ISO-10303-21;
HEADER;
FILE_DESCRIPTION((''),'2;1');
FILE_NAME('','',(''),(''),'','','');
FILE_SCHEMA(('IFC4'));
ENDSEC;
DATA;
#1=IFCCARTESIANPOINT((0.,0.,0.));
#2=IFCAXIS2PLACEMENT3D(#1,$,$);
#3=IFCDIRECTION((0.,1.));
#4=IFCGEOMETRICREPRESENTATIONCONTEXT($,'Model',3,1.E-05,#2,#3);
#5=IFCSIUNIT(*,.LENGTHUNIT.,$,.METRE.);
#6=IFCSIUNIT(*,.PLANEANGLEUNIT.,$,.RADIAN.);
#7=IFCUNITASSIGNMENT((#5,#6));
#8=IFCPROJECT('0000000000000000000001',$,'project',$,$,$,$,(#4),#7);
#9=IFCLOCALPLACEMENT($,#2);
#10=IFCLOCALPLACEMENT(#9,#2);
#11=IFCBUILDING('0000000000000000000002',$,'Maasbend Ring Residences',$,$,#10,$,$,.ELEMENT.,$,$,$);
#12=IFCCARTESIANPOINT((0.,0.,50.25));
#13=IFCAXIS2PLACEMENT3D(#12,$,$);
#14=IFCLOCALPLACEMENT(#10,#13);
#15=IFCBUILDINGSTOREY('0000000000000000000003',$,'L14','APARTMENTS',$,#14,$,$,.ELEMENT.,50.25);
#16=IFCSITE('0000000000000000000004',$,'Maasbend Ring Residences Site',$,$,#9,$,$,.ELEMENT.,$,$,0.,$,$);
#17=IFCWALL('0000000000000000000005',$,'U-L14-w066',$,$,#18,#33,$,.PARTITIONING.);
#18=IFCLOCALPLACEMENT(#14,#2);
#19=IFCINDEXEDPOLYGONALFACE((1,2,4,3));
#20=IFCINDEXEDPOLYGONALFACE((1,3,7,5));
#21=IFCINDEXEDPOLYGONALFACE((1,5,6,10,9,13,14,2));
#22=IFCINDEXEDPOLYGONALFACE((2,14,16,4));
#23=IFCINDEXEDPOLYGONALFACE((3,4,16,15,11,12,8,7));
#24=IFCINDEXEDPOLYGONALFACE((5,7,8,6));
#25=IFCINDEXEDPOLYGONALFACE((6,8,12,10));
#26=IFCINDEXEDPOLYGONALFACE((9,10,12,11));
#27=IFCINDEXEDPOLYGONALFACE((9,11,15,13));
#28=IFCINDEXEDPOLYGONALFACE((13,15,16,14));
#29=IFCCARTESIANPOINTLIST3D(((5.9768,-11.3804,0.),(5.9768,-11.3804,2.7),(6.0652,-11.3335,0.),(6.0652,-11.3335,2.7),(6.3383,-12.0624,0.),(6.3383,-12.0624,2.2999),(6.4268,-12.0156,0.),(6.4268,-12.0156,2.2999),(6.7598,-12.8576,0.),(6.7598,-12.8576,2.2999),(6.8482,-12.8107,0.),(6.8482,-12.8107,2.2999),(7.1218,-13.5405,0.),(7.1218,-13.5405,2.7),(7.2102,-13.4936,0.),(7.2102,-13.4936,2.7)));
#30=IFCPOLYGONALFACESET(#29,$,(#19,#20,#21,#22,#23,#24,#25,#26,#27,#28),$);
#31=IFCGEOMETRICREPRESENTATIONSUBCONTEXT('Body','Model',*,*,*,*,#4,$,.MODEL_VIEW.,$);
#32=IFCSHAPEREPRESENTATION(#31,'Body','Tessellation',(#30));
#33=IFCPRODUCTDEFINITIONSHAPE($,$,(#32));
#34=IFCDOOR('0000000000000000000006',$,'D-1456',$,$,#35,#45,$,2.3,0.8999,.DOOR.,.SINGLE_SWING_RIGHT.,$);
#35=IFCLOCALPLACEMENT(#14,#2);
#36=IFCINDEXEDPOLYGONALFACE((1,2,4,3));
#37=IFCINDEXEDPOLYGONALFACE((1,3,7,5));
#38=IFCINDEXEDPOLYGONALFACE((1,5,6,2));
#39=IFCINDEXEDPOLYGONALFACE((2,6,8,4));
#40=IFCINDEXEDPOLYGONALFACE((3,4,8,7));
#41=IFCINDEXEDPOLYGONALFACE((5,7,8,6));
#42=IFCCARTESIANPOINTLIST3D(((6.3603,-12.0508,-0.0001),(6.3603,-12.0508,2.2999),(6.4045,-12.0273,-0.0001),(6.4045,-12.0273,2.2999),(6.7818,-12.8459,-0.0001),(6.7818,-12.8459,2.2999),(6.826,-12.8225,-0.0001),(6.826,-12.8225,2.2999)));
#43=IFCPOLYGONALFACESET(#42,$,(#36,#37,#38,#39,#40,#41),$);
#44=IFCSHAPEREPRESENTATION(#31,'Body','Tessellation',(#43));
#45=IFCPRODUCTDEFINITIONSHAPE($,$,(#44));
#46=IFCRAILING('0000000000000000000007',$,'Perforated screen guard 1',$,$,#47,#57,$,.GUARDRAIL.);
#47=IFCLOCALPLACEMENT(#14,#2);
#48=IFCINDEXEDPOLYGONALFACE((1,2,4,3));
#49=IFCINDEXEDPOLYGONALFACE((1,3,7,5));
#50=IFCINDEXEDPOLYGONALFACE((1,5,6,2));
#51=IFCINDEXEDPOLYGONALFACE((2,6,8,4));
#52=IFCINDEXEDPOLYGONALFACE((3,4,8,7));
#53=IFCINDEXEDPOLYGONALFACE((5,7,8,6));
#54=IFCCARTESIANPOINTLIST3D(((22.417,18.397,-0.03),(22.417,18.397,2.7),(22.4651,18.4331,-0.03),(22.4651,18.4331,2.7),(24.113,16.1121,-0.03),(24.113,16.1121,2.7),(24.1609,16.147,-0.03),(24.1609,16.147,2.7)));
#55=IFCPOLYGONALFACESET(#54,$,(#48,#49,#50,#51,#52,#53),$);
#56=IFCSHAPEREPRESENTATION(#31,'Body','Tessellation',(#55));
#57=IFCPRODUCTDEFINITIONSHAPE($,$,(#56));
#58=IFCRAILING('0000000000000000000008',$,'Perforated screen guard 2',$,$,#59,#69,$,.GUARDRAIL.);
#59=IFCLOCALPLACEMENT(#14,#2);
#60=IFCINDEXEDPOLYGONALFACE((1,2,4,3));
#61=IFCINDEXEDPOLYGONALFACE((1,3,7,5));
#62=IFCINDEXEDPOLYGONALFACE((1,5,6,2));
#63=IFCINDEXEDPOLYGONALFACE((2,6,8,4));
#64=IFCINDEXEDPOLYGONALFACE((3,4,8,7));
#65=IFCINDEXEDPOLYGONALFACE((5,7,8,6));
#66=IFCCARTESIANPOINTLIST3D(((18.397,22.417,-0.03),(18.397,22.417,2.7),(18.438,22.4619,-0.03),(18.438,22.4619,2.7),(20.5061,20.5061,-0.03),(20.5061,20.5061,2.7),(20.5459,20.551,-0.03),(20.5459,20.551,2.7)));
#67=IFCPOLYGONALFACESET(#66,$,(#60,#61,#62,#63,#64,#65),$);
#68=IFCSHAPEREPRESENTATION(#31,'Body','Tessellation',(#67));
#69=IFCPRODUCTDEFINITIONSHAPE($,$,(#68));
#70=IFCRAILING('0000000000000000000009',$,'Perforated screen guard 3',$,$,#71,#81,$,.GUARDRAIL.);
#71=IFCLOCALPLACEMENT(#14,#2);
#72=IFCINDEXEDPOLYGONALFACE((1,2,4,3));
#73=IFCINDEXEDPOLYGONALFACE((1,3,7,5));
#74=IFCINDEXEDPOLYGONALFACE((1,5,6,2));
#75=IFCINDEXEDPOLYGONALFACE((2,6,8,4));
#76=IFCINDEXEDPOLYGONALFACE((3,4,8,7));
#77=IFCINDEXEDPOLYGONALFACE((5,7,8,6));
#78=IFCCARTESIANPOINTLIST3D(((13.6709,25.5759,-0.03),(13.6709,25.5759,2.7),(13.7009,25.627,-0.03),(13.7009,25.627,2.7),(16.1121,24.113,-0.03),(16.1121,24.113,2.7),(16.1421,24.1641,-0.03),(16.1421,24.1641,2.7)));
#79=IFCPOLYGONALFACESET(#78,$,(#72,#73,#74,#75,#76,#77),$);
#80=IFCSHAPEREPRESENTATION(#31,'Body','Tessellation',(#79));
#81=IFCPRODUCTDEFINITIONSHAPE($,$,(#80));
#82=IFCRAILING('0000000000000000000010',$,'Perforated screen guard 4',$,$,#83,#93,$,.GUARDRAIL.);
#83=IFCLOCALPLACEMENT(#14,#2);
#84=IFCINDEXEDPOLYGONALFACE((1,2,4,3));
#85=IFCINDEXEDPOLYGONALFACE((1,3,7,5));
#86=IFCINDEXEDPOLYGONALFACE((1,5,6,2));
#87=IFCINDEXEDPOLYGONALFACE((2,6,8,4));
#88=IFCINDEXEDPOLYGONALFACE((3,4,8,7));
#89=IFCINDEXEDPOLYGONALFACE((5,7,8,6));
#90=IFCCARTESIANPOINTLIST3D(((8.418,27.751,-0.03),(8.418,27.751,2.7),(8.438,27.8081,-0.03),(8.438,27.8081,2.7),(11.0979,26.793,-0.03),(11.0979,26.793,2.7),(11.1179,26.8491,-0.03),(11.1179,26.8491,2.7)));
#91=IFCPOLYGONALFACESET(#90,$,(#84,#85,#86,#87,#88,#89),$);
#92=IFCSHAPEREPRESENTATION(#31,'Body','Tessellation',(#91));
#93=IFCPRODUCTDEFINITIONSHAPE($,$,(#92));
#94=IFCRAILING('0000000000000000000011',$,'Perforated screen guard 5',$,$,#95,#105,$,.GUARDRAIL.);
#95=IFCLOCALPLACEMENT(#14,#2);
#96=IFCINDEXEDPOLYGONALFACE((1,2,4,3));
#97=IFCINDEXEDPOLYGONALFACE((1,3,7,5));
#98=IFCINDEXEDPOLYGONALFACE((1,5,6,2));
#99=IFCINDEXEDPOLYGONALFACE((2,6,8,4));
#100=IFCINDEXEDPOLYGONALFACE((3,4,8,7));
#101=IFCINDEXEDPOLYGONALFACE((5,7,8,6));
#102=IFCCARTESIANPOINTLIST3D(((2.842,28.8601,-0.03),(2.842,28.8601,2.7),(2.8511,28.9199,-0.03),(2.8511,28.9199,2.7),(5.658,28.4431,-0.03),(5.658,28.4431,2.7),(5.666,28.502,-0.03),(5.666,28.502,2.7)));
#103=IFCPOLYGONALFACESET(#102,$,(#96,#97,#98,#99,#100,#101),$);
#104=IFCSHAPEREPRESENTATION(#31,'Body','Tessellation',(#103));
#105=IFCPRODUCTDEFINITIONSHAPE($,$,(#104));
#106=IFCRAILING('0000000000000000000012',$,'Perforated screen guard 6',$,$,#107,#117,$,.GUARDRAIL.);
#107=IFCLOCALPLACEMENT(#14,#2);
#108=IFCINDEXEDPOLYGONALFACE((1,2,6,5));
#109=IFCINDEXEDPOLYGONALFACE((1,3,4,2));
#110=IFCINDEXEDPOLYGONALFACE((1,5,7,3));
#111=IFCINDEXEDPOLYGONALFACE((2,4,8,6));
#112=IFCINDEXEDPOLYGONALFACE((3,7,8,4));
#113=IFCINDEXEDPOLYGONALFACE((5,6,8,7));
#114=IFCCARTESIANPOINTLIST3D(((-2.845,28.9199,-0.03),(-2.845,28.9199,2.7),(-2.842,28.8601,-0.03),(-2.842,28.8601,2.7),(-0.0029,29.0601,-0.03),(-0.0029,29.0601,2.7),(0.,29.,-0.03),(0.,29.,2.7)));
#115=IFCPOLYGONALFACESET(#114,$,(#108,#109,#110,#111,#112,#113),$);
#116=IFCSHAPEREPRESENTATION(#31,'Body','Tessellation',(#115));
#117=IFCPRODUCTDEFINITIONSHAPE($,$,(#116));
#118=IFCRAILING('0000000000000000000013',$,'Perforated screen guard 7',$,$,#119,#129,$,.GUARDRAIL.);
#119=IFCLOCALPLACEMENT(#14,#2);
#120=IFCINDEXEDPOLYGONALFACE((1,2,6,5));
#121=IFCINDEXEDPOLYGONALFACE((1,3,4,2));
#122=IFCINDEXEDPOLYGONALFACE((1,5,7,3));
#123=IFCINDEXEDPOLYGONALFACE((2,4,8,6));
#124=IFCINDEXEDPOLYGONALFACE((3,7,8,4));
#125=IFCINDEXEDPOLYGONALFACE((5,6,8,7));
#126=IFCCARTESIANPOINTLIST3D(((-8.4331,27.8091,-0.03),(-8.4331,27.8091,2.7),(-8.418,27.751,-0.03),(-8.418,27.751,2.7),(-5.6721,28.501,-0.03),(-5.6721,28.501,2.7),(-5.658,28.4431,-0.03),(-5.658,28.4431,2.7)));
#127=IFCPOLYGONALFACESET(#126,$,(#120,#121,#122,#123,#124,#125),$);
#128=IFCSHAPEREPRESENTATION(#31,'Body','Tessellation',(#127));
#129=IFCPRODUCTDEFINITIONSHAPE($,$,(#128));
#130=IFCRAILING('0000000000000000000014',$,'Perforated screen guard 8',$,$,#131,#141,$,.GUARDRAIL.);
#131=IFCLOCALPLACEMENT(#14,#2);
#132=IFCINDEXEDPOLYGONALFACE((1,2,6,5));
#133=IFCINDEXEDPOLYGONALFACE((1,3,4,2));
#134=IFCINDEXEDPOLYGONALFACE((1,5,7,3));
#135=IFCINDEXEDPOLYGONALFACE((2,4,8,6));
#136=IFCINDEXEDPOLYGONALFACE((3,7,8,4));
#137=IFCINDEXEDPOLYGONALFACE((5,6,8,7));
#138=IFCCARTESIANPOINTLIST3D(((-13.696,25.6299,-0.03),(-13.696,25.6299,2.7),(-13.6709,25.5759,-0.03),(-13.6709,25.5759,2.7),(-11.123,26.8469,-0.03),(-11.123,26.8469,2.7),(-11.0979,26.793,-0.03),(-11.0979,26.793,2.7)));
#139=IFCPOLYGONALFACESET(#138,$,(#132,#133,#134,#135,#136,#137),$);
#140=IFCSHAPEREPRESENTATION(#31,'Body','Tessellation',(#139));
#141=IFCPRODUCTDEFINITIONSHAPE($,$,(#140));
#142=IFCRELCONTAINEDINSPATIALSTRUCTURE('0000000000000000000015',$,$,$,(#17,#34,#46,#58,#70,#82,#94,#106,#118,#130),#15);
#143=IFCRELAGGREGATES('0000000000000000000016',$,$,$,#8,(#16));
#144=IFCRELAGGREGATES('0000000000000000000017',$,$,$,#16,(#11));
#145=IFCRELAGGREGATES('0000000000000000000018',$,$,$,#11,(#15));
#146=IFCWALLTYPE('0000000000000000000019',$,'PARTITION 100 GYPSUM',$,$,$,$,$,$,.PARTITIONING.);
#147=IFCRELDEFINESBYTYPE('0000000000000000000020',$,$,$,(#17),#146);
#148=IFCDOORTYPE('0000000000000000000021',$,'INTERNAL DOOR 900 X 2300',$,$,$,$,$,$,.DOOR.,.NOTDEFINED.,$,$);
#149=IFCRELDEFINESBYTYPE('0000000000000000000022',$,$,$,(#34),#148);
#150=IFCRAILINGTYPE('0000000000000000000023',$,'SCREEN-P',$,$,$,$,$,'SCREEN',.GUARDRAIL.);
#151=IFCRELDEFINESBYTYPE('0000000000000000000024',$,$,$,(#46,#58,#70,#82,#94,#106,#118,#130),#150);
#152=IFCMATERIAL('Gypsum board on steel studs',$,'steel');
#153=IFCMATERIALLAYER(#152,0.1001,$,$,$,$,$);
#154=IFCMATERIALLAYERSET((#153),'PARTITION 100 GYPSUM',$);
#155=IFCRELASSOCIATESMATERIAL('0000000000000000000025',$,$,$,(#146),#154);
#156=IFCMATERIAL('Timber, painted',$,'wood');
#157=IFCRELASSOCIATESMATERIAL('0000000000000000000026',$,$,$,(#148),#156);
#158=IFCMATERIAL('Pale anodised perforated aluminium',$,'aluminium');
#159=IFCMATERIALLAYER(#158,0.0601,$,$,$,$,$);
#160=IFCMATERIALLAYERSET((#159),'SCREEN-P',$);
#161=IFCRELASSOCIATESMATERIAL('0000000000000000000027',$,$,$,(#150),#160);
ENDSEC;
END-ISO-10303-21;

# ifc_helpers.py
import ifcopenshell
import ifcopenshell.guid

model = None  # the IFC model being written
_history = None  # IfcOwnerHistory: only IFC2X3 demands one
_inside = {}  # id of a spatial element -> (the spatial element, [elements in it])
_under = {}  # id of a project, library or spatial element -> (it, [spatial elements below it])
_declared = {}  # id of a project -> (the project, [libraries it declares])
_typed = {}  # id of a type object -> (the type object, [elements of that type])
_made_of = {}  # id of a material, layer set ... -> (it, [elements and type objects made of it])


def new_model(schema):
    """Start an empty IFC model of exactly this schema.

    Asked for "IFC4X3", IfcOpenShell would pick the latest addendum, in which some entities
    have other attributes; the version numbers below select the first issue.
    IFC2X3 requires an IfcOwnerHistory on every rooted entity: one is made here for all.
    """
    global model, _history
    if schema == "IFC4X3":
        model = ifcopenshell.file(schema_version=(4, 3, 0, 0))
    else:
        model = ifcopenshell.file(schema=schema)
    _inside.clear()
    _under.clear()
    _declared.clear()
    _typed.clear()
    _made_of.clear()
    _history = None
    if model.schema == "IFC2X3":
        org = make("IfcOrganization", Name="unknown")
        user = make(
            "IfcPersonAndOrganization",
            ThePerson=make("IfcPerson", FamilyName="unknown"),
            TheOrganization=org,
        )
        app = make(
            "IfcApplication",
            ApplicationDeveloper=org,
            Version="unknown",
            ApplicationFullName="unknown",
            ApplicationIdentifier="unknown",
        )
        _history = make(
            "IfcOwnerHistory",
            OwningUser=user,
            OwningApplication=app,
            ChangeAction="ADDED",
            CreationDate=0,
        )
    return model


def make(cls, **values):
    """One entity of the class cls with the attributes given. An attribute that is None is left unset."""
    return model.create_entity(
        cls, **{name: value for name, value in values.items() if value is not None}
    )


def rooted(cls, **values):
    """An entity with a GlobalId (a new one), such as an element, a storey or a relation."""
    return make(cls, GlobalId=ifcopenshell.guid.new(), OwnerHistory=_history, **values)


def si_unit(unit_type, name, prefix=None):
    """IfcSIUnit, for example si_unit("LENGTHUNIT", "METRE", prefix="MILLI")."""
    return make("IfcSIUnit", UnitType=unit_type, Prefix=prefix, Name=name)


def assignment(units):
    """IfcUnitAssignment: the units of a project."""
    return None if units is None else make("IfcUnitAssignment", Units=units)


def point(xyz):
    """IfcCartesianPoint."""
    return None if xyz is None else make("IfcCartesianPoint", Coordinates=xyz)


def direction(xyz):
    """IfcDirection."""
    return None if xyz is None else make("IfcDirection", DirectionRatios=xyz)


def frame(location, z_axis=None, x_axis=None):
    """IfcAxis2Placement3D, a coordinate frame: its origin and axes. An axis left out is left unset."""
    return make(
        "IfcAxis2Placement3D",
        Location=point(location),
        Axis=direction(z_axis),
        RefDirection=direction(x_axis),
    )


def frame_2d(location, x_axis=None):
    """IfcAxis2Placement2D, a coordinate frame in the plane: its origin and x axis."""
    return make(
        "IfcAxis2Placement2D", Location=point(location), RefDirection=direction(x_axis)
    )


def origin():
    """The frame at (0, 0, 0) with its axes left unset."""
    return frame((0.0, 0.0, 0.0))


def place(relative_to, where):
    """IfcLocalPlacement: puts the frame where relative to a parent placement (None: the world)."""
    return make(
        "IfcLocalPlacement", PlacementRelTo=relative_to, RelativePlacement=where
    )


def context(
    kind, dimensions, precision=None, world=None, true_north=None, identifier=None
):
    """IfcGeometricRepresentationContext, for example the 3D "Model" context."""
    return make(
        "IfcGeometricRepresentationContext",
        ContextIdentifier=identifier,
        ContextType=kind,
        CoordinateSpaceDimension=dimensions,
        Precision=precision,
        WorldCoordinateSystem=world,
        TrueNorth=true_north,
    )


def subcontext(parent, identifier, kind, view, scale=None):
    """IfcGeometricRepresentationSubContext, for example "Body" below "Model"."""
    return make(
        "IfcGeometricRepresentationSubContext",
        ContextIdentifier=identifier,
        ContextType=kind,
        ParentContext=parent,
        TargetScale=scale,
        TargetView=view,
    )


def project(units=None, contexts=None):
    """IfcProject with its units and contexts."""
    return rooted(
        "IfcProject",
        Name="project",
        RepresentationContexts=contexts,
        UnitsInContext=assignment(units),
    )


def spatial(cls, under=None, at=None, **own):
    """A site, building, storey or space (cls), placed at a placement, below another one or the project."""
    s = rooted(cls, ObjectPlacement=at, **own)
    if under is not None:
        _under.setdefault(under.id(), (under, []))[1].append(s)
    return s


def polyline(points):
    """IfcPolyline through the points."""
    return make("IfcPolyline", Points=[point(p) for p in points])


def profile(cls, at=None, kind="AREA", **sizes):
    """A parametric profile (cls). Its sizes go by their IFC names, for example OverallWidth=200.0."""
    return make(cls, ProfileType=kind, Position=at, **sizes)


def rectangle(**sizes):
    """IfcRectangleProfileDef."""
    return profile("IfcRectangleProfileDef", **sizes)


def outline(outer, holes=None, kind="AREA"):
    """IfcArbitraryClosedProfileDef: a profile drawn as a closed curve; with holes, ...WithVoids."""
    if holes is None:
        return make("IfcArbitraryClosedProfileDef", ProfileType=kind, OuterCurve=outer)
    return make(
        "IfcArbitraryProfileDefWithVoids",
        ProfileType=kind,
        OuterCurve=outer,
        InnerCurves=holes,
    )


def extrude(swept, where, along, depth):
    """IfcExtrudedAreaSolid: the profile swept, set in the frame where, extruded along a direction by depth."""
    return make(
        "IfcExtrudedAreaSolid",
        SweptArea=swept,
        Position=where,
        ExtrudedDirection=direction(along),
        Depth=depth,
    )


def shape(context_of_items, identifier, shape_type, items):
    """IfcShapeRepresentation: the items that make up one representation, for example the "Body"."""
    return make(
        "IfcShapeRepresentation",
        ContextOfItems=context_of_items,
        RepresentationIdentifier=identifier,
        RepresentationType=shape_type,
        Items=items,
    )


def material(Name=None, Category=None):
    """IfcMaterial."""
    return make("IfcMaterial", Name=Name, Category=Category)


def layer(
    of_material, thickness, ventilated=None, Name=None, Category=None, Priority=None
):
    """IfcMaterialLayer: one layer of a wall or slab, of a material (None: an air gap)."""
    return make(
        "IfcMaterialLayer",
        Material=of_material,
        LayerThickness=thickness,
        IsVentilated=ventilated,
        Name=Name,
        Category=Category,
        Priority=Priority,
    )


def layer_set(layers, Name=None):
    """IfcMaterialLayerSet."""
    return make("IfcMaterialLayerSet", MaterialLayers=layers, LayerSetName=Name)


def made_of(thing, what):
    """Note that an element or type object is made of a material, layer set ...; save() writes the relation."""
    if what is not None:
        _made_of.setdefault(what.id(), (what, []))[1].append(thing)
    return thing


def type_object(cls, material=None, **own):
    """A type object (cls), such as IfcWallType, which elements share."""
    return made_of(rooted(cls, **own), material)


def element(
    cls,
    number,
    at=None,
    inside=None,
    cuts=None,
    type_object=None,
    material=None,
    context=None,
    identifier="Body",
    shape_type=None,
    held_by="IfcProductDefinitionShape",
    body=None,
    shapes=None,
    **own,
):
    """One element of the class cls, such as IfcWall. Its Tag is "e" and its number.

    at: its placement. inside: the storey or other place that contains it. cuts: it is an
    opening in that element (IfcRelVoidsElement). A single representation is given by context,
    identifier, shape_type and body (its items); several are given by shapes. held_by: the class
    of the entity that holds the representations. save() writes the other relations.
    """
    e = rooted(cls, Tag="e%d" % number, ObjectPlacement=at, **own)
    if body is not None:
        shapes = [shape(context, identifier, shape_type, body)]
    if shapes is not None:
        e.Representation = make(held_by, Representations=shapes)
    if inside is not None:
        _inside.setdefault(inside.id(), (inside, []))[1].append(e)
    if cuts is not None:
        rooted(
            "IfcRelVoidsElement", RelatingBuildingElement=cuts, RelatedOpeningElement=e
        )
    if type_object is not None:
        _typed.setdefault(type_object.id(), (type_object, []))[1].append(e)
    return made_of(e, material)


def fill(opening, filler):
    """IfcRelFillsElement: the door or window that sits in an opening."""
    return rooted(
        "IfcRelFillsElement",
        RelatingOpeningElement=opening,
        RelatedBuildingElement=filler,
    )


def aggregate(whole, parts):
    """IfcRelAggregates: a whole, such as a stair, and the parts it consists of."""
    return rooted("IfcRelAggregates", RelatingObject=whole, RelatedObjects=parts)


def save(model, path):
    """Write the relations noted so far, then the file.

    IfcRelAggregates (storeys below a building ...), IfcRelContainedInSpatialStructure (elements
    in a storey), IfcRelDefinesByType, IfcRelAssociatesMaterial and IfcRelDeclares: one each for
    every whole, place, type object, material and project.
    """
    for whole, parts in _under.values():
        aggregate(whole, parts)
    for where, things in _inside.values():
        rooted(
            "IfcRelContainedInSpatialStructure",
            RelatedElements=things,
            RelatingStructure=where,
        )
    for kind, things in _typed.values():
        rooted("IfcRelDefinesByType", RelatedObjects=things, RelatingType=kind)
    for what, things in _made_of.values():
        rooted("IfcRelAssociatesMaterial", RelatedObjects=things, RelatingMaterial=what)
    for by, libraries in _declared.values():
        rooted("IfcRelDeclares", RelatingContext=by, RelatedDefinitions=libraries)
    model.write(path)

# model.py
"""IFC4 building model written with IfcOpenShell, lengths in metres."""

from ifc_helpers import new_model, si_unit, direction, frame, frame_2d, origin, place, context, subcontext, project, spatial, polyline, rectangle, outline, extrude, material, layer, layer_set, type_object, element, fill, save


model = new_model("IFC4")

# Units and contexts
model_context = context("Model", 3, precision=1e-05, world=origin(), true_north=direction((0.0, 1.0)))
body_context = subcontext(model_context, "Body", "Model", "MODEL_VIEW")
ifc_project = project(units=[si_unit("LENGTHUNIT", "METRE"), si_unit("PLANEANGLEUNIT", "RADIAN")], contexts=[model_context])

# Site, building, storey
site_placement = place(None, origin())
site = spatial("IfcSite", under=ifc_project, at=site_placement, Name="Maasbend Ring Residences Site", CompositionType="ELEMENT", RefElevation=0.0)
building_placement = place(site_placement, origin())
building = spatial("IfcBuilding", under=site, at=building_placement, Name="Maasbend Ring Residences", CompositionType="ELEMENT")
storey_placement = place(building_placement, frame((0.0, 0.0, 50.25)))
storey = spatial("IfcBuildingStorey", under=building, at=storey_placement, Name="L14", Description="APARTMENTS", CompositionType="ELEMENT", Elevation=50.25)

# Shared definitions
ifc_material_1 = material(Name="Gypsum board on steel studs", Category="steel")
ifc_layer_1 = layer(ifc_material_1, 0.1001)
ifc_layer_set_1 = layer_set([ifc_layer_1], Name="PARTITION 100 GYPSUM")
wall_type = type_object("IfcWallType", Name="PARTITION 100 GYPSUM", PredefinedType="PARTITIONING", material=ifc_layer_set_1)

# Wall, opening, door
ifc_material_2 = material(Name="Timber, painted", Category="wood")
door_type = type_object("IfcDoorType", Name="INTERNAL DOOR 900 X 2300", OperationType="NOTDEFINED", PredefinedType="DOOR", material=ifc_material_2)
wall_1_placement = place(storey_placement, frame((6.021, -11.3569, 0.0), z_axis=(0.0, 0.0, 1.0), x_axis=(0.468337, -0.88355, 0.0)))
wall_1 = element("IfcWall", 1, at=wall_1_placement, inside=storey, type_object=wall_type, Name="U-L14-w066", PredefinedType="PARTITIONING", context=body_context, shape_type="SweptSolid", body=[
    extrude(rectangle(XDim=2.4448, YDim=0.1001, at=frame_2d((1.2224, 0.0))), origin(), (0.0, 0.0, 1.0), 2.7),
])
opening_1_placement = place(wall_1_placement, frame((0.772, 0.0, 0.0)))
opening_1 = element("IfcOpeningElement", 2, at=opening_1_placement, cuts=wall_1, PredefinedType="OPENING", context=body_context, shape_type="SweptSolid", body=[
    extrude(rectangle(XDim=0.8999, YDim=2.3, at=frame_2d((0.45, 1.1499))), frame((0.0, 0.0601, 0.0), z_axis=(0.0, -1.0, 0.0), x_axis=(1.0, 0.0, 0.0)), (0.0, 0.0, 1.0), 0.1201),
])
door_1_placement = place(opening_1_placement, origin())
door_1 = element("IfcDoor", 3, at=door_1_placement, inside=storey, type_object=door_type, Name="D-1456", OperationType="SINGLE_SWING_RIGHT", OverallHeight=2.3, OverallWidth=0.8999, PredefinedType="DOOR", context=body_context, shape_type="SweptSolid", body=[
    extrude(rectangle(XDim=0.8999, YDim=2.3, at=frame_2d((0.45, 1.1499))), frame((0.0, 0.0249, 0.0), z_axis=(0.0, -1.0, 0.0), x_axis=(1.0, 0.0, 0.0)), (0.0, 0.0, 1.0), 0.05),
])
fill(opening_1, door_1)

# Railings
ifc_material_3 = material(Name="Pale anodised perforated aluminium", Category="aluminium")
ifc_layer_2 = layer(ifc_material_3, 0.0601)
ifc_layer_set_2 = layer_set([ifc_layer_2], Name="SCREEN-P")
railing_type = type_object("IfcRailingType", Name="SCREEN-P", ElementType="SCREEN", PredefinedType="GUARDRAIL", material=ifc_layer_set_2)
railing_1_placement = place(storey_placement, frame((0.0, 0.0, -0.03)))
element("IfcRailing", 4, at=railing_1_placement, inside=storey, type_object=railing_type, Name="Perforated screen guard 1", PredefinedType="GUARDRAIL", context=body_context, shape_type="SweptSolid", body=[
    extrude(outline(polyline([(24.113, 16.1121), (22.417, 18.397), (22.4651, 18.4331), (24.1609, 16.147), (24.113, 16.1121)])), origin(), (0.0, 0.0, 1.0), 2.73),
])
railing_2_placement = place(storey_placement, frame((0.0, 0.0, -0.03)))
element("IfcRailing", 5, at=railing_2_placement, inside=storey, type_object=railing_type, Name="Perforated screen guard 2", PredefinedType="GUARDRAIL", context=body_context, shape_type="SweptSolid", body=[
    extrude(outline(polyline([(20.5061, 20.5061), (18.397, 22.417), (18.438, 22.4619), (20.5459, 20.551), (20.5061, 20.5061)])), origin(), (0.0, 0.0, 1.0), 2.73),
])
railing_3_placement = place(storey_placement, frame((0.0, 0.0, -0.03)))
element("IfcRailing", 6, at=railing_3_placement, inside=storey, type_object=railing_type, Name="Perforated screen guard 3", PredefinedType="GUARDRAIL", context=body_context, shape_type="SweptSolid", body=[
    extrude(outline(polyline([(16.1121, 24.113), (13.6709, 25.5759), (13.7009, 25.627), (16.1421, 24.1641), (16.1121, 24.113)])), origin(), (0.0, 0.0, 1.0), 2.73),
])
railing_4_placement = place(storey_placement, frame((0.0, 0.0, -0.03)))
element("IfcRailing", 7, at=railing_4_placement, inside=storey, type_object=railing_type, Name="Perforated screen guard 4", PredefinedType="GUARDRAIL", context=body_context, shape_type="SweptSolid", body=[
    extrude(outline(polyline([(11.0979, 26.793), (8.418, 27.751), (8.438, 27.8081), (11.1179, 26.8491), (11.0979, 26.793)])), origin(), (0.0, 0.0, 1.0), 2.73),
])
railing_5_placement = place(storey_placement, frame((0.0, 0.0, -0.03)))
element("IfcRailing", 8, at=railing_5_placement, inside=storey, type_object=railing_type, Name="Perforated screen guard 5", PredefinedType="GUARDRAIL", context=body_context, shape_type="SweptSolid", body=[
    extrude(outline(polyline([(5.658, 28.4431), (2.842, 28.8601), (2.8511, 28.9199), (5.666, 28.502), (5.658, 28.4431)])), origin(), (0.0, 0.0, 1.0), 2.73),
])
railing_6_placement = place(storey_placement, frame((0.0, 0.0, -0.03)))
element("IfcRailing", 9, at=railing_6_placement, inside=storey, type_object=railing_type, Name="Perforated screen guard 6", PredefinedType="GUARDRAIL", context=body_context, shape_type="SweptSolid", body=[
    extrude(outline(polyline([(0.0, 29.0), (-2.842, 28.8601), (-2.845, 28.9199), (-0.0029, 29.0601), (0.0, 29.0)])), origin(), (0.0, 0.0, 1.0), 2.73),
])
railing_7_placement = place(storey_placement, frame((0.0, 0.0, -0.03)))
element("IfcRailing", 10, at=railing_7_placement, inside=storey, type_object=railing_type, Name="Perforated screen guard 7", PredefinedType="GUARDRAIL", context=body_context, shape_type="SweptSolid", body=[
    extrude(outline(polyline([(-5.658, 28.4431), (-8.418, 27.751), (-8.4331, 27.8091), (-5.6721, 28.501), (-5.658, 28.4431)])), origin(), (0.0, 0.0, 1.0), 2.73),
])
railing_8_placement = place(storey_placement, frame((0.0, 0.0, -0.03)))
element("IfcRailing", 11, at=railing_8_placement, inside=storey, type_object=railing_type, Name="Perforated screen guard 8", PredefinedType="GUARDRAIL", context=body_context, shape_type="SweptSolid", body=[
    extrude(outline(polyline([(-11.0979, 26.793), (-13.6709, 25.5759), (-13.696, 25.6299), (-11.123, 26.8469), (-11.0979, 26.793)])), origin(), (0.0, 0.0, 1.0), 2.73),
])

save(model, "model.ifc")
